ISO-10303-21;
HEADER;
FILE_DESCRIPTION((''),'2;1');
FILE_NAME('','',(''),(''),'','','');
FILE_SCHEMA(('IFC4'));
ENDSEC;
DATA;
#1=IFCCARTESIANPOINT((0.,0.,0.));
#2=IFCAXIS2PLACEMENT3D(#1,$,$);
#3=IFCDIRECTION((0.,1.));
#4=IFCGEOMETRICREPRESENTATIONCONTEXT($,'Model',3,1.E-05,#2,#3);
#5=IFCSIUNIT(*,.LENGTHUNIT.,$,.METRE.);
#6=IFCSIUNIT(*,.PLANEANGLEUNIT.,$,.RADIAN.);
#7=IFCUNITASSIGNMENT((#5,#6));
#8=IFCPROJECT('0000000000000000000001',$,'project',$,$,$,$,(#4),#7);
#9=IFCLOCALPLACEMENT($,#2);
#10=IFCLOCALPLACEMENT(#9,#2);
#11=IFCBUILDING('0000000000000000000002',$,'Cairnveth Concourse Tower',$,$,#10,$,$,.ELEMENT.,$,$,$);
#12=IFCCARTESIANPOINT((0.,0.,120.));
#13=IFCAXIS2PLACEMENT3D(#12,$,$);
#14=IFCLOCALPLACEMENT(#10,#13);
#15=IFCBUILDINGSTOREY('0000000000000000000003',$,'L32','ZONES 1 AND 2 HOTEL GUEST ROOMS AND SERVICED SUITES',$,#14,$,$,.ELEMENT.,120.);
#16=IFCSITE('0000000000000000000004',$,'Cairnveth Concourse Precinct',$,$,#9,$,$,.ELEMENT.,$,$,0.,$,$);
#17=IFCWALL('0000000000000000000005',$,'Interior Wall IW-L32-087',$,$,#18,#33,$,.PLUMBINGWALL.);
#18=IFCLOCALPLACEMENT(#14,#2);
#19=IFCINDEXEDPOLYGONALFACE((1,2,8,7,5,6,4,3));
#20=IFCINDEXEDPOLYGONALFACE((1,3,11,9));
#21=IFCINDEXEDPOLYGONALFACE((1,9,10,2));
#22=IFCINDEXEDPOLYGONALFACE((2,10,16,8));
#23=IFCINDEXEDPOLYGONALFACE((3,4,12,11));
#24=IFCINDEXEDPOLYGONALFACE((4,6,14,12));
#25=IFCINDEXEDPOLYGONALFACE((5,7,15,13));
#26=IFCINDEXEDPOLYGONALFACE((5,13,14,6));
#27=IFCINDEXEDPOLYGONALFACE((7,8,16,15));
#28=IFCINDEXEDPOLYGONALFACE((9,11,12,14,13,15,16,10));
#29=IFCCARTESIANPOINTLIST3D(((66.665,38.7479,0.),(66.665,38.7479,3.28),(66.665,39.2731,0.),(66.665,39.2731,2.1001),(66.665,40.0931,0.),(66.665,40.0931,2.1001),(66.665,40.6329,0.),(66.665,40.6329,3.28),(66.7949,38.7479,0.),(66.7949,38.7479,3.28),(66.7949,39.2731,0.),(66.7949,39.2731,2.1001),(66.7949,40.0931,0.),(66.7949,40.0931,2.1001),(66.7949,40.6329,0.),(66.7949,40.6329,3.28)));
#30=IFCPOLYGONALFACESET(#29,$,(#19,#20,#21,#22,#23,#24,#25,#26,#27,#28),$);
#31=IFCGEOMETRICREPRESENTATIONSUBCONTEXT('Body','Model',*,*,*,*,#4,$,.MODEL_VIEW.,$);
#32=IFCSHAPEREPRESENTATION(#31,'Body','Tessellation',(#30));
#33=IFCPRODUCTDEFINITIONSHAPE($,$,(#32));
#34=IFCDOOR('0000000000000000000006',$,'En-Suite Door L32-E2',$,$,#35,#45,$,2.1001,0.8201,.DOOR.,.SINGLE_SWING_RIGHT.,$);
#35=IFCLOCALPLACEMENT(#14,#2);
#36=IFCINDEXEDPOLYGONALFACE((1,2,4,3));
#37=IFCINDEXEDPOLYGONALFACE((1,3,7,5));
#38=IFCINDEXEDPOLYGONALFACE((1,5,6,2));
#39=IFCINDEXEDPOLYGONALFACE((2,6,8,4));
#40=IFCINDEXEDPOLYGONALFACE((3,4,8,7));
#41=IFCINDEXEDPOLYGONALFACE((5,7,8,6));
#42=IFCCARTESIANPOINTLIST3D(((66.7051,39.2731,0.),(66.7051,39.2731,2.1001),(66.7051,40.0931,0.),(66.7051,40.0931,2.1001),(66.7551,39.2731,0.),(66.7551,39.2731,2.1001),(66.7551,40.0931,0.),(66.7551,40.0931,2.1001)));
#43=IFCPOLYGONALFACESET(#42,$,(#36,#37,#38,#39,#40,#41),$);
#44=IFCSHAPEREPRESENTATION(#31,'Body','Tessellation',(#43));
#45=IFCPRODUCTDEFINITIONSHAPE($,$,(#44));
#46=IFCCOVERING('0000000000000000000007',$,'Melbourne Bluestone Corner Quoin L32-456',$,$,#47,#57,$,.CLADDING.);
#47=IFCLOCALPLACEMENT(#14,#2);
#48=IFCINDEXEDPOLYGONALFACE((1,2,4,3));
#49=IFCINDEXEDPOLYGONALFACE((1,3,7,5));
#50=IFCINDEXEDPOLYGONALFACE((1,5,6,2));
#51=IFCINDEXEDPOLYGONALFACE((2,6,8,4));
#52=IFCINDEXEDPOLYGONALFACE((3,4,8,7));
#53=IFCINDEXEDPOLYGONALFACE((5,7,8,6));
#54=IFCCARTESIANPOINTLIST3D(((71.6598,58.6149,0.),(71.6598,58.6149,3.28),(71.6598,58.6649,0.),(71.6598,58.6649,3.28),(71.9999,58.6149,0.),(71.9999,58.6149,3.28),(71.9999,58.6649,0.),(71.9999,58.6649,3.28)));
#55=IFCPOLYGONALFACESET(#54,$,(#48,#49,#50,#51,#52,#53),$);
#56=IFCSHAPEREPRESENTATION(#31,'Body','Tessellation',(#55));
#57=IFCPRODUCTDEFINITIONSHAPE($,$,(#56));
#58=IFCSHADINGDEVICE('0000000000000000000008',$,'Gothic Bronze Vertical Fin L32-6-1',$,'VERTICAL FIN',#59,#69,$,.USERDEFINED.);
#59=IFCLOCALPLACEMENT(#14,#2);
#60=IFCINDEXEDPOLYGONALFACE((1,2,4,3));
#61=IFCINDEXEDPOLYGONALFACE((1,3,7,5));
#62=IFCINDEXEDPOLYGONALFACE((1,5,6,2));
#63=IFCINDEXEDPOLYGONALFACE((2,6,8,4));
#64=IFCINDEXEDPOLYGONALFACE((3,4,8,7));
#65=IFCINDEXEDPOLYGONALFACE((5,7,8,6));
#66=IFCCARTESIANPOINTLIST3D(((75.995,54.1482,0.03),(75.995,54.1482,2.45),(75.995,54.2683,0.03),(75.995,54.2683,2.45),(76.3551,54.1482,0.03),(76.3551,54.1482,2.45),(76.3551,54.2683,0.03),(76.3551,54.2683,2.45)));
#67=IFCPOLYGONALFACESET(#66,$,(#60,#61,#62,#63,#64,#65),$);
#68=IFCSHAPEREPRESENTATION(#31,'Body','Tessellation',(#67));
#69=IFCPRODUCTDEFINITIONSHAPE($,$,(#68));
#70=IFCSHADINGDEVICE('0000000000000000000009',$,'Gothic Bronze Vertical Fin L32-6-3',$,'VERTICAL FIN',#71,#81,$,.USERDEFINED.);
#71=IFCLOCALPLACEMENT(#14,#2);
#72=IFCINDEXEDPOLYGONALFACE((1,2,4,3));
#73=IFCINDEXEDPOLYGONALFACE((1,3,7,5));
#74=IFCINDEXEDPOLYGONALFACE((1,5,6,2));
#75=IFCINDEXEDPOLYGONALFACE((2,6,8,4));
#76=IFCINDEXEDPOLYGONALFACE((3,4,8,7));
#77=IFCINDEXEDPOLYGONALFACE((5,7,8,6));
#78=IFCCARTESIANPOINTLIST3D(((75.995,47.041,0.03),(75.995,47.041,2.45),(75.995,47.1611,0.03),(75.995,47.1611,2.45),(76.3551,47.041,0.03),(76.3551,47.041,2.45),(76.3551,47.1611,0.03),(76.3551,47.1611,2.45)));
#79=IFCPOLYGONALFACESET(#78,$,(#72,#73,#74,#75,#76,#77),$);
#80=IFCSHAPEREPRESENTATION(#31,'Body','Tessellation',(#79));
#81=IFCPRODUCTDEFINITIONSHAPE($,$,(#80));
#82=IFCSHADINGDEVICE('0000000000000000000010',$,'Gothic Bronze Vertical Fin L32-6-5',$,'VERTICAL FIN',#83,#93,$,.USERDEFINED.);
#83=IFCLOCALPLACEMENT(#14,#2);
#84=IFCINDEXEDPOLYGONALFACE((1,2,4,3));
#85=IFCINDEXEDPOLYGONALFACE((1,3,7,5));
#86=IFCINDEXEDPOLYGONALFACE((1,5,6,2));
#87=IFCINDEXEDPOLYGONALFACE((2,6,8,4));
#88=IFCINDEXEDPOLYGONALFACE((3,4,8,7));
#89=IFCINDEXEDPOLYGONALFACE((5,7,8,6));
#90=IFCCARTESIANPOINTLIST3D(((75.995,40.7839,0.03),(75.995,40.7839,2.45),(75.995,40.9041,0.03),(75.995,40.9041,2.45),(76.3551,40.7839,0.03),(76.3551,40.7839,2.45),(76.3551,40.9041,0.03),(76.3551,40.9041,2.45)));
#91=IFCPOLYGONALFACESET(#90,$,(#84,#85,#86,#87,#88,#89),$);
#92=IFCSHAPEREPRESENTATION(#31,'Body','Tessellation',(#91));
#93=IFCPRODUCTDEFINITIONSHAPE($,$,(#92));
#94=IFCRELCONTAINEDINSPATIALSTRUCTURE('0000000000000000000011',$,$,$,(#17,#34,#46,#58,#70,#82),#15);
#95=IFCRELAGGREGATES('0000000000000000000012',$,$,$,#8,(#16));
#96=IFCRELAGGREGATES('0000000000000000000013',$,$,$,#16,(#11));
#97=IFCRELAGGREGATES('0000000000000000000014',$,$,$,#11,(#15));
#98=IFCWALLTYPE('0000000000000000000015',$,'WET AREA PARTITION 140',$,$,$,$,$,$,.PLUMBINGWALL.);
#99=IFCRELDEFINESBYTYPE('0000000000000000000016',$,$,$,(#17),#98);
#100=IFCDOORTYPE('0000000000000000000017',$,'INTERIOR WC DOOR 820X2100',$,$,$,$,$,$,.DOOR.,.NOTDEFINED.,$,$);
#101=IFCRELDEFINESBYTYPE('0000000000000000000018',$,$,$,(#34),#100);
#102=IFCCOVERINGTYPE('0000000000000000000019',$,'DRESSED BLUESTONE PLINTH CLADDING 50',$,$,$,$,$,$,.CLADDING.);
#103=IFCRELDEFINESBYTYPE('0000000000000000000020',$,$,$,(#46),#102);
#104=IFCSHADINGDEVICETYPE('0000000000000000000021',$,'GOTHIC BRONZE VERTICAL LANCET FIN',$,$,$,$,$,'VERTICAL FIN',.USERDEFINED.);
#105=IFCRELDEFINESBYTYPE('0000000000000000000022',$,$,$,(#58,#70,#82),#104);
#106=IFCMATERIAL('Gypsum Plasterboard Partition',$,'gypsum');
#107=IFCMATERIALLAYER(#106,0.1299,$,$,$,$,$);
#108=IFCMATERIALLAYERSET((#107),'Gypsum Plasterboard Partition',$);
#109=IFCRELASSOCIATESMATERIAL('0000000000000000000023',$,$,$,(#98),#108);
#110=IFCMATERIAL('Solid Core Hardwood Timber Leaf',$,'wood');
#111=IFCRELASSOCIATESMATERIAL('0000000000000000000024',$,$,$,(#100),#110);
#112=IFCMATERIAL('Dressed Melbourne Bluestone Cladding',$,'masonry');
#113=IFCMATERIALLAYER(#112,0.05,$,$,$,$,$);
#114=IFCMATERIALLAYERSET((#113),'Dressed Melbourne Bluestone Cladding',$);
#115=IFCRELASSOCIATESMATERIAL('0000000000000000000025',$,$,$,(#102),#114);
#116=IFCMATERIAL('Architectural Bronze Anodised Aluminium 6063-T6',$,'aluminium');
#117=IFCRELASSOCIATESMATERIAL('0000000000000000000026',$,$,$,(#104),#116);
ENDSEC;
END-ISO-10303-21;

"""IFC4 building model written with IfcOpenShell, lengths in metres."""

from ifc_helpers import new_model, si_unit, direction, frame, frame_2d, origin, origin_2d, place, context, subcontext, project, spatial, rectangle, extrude, material, layer, layer_set, type_object, element, fill, save


model = new_model("IFC4")

# Units and contexts
model_context = context("Model", 3, precision=1e-05, world=origin(), true_north=direction((0.0, 1.0)))
body_context = subcontext(model_context, "Body", "Model", "MODEL_VIEW")
ifc_project = project(units=[si_unit("LENGTHUNIT", "METRE"), si_unit("PLANEANGLEUNIT", "RADIAN")], contexts=[model_context])

# Site, building, storey
site_placement = place(None, origin())
site = spatial("IfcSite", under=ifc_project, at=site_placement, Name="Cairnveth Concourse Precinct", CompositionType="ELEMENT", RefElevation=0.0)
building_placement = place(site_placement, origin())
building = spatial("IfcBuilding", under=site, at=building_placement, Name="Cairnveth Concourse Tower", CompositionType="ELEMENT")
storey_placement = place(building_placement, frame((0.0, 0.0, 120.0)))
storey = spatial("IfcBuildingStorey", under=building, at=storey_placement, Name="L32", Description="ZONES 1 AND 2 HOTEL GUEST ROOMS AND SERVICED SUITES", CompositionType="ELEMENT", Elevation=120.0)

# Shared definitions
ifc_material_1 = material(Name="Gypsum Plasterboard Partition", Category="gypsum")

# Shared definitions
ifc_layer_1 = layer(ifc_material_1, 0.1299)
ifc_layer_set_1 = layer_set([ifc_layer_1], Name="Gypsum Plasterboard Partition")
wall_type_1 = type_object("IfcWallType", Name="WET AREA PARTITION 140", PredefinedType="PLUMBINGWALL", material=ifc_layer_set_1)

# Wall, opening, door
wall_1_placement = place(storey_placement, frame((66.73, 38.748, 0.0), z_axis=(0.0, 0.0, 1.0), x_axis=(0.0, 1.0, 0.0)))
wall_1 = element("IfcWall", 1, at=wall_1_placement, inside=storey, type_object=wall_type_1, Name="Interior Wall IW-L32-087", PredefinedType="PLUMBINGWALL", context=body_context, shape_type="SweptSolid", body=[
    extrude(rectangle(XDim=1.885, YDim=0.1299, at=frame_2d((0.9424, 0.0))), origin(), (0.0, 0.0, 1.0), 3.28),
])
opening_1_placement = place(wall_1_placement, frame((0.5249, 0.0, 0.0)))
opening_1 = element("IfcOpeningElement", 2, at=opening_1_placement, cuts=wall_1, PredefinedType="OPENING", context=body_context, shape_type="SweptSolid", body=[
    extrude(rectangle(XDim=0.8201, YDim=2.1001, at=frame_2d((0.4102, 1.05))), frame((0.0, 0.075, 0.0), z_axis=(0.0, -1.0, 0.0), x_axis=(1.0, 0.0, 0.0)), (0.0, 0.0, 1.0), 0.1499),
])
ifc_material_2 = material(Name="Solid Core Hardwood Timber Leaf", Category="wood")
door_type_1 = type_object("IfcDoorType", Name="INTERIOR WC DOOR 820X2100", OperationType="NOTDEFINED", PredefinedType="DOOR", material=ifc_material_2)
door_1_placement = place(opening_1_placement, origin())
door_1 = element("IfcDoor", 3, at=door_1_placement, inside=storey, type_object=door_type_1, Name="En-Suite Door L32-E2", OperationType="SINGLE_SWING_RIGHT", OverallHeight=2.1001, OverallWidth=0.8201, PredefinedType="DOOR", context=body_context, shape_type="SweptSolid", body=[
    extrude(rectangle(XDim=0.8201, YDim=2.1001, at=frame_2d((0.4102, 1.05))), frame((0.0, 0.0249, 0.0), z_axis=(0.0, -1.0, 0.0), x_axis=(1.0, 0.0, 0.0)), (0.0, 0.0, 1.0), 0.05),
])
fill(opening_1, door_1)

# Covering
ifc_material_3 = material(Name="Dressed Melbourne Bluestone Cladding", Category="masonry")
ifc_layer_2 = layer(ifc_material_3, 0.05)
ifc_layer_set_2 = layer_set([ifc_layer_2], Name="Dressed Melbourne Bluestone Cladding")
covering_type = type_object("IfcCoveringType", Name="DRESSED BLUESTONE PLINTH CLADDING 50", PredefinedType="CLADDING", material=ifc_layer_set_2)
covering_placement = place(storey_placement, frame((71.6599, 58.6399, 0.0), z_axis=(0.0, 0.0, 1.0), x_axis=(1.0, 0.0, 0.0)))
element("IfcCovering", 4, at=covering_placement, inside=storey, type_object=covering_type, Name="Melbourne Bluestone Corner Quoin L32-456", PredefinedType="CLADDING", context=body_context, shape_type="SweptSolid", body=[
    extrude(rectangle(XDim=0.3401, YDim=0.05, at=frame_2d((0.1699, 0.0))), origin(), (0.0, 0.0, 1.0), 3.28),
])

# Shading devices
ifc_material_4 = material(Name="Architectural Bronze Anodised Aluminium 6063-T6", Category="aluminium")
shading_device_type = type_object("IfcShadingDeviceType", Name="GOTHIC BRONZE VERTICAL LANCET FIN", ElementType="VERTICAL FIN", PredefinedType="USERDEFINED", material=ifc_material_4)
for number, where, z_axis, x_axis, name in (
    (5, (76.175, 54.2083, 0.03), (0.0, 0.0, 1.0), (0.0, 1.0, 0.0), "Gothic Bronze Vertical Fin L32-6-1"),
    (6, (76.175, 47.1011, 0.03), (0.0, 0.0, 1.0), (0.0, 1.0, 0.0), "Gothic Bronze Vertical Fin L32-6-3"),
    (7, (76.175, 40.844, 0.03), (0.0, 0.0, 1.0), (0.0, 1.0, 0.0), "Gothic Bronze Vertical Fin L32-6-5"),
):
    element("IfcShadingDevice", number, at=place(storey_placement, frame(where, z_axis=z_axis, x_axis=x_axis)), inside=storey, type_object=shading_device_type, Name=name, ObjectType="VERTICAL FIN", PredefinedType="USERDEFINED", context=body_context, shape_type="SweptSolid", body=[
        extrude(rectangle(XDim=0.1201, YDim=0.3601, at=origin_2d()), origin(), (0.0, 0.0, 1.0), 2.4199),
    ])

save(model, "model.ifc")
